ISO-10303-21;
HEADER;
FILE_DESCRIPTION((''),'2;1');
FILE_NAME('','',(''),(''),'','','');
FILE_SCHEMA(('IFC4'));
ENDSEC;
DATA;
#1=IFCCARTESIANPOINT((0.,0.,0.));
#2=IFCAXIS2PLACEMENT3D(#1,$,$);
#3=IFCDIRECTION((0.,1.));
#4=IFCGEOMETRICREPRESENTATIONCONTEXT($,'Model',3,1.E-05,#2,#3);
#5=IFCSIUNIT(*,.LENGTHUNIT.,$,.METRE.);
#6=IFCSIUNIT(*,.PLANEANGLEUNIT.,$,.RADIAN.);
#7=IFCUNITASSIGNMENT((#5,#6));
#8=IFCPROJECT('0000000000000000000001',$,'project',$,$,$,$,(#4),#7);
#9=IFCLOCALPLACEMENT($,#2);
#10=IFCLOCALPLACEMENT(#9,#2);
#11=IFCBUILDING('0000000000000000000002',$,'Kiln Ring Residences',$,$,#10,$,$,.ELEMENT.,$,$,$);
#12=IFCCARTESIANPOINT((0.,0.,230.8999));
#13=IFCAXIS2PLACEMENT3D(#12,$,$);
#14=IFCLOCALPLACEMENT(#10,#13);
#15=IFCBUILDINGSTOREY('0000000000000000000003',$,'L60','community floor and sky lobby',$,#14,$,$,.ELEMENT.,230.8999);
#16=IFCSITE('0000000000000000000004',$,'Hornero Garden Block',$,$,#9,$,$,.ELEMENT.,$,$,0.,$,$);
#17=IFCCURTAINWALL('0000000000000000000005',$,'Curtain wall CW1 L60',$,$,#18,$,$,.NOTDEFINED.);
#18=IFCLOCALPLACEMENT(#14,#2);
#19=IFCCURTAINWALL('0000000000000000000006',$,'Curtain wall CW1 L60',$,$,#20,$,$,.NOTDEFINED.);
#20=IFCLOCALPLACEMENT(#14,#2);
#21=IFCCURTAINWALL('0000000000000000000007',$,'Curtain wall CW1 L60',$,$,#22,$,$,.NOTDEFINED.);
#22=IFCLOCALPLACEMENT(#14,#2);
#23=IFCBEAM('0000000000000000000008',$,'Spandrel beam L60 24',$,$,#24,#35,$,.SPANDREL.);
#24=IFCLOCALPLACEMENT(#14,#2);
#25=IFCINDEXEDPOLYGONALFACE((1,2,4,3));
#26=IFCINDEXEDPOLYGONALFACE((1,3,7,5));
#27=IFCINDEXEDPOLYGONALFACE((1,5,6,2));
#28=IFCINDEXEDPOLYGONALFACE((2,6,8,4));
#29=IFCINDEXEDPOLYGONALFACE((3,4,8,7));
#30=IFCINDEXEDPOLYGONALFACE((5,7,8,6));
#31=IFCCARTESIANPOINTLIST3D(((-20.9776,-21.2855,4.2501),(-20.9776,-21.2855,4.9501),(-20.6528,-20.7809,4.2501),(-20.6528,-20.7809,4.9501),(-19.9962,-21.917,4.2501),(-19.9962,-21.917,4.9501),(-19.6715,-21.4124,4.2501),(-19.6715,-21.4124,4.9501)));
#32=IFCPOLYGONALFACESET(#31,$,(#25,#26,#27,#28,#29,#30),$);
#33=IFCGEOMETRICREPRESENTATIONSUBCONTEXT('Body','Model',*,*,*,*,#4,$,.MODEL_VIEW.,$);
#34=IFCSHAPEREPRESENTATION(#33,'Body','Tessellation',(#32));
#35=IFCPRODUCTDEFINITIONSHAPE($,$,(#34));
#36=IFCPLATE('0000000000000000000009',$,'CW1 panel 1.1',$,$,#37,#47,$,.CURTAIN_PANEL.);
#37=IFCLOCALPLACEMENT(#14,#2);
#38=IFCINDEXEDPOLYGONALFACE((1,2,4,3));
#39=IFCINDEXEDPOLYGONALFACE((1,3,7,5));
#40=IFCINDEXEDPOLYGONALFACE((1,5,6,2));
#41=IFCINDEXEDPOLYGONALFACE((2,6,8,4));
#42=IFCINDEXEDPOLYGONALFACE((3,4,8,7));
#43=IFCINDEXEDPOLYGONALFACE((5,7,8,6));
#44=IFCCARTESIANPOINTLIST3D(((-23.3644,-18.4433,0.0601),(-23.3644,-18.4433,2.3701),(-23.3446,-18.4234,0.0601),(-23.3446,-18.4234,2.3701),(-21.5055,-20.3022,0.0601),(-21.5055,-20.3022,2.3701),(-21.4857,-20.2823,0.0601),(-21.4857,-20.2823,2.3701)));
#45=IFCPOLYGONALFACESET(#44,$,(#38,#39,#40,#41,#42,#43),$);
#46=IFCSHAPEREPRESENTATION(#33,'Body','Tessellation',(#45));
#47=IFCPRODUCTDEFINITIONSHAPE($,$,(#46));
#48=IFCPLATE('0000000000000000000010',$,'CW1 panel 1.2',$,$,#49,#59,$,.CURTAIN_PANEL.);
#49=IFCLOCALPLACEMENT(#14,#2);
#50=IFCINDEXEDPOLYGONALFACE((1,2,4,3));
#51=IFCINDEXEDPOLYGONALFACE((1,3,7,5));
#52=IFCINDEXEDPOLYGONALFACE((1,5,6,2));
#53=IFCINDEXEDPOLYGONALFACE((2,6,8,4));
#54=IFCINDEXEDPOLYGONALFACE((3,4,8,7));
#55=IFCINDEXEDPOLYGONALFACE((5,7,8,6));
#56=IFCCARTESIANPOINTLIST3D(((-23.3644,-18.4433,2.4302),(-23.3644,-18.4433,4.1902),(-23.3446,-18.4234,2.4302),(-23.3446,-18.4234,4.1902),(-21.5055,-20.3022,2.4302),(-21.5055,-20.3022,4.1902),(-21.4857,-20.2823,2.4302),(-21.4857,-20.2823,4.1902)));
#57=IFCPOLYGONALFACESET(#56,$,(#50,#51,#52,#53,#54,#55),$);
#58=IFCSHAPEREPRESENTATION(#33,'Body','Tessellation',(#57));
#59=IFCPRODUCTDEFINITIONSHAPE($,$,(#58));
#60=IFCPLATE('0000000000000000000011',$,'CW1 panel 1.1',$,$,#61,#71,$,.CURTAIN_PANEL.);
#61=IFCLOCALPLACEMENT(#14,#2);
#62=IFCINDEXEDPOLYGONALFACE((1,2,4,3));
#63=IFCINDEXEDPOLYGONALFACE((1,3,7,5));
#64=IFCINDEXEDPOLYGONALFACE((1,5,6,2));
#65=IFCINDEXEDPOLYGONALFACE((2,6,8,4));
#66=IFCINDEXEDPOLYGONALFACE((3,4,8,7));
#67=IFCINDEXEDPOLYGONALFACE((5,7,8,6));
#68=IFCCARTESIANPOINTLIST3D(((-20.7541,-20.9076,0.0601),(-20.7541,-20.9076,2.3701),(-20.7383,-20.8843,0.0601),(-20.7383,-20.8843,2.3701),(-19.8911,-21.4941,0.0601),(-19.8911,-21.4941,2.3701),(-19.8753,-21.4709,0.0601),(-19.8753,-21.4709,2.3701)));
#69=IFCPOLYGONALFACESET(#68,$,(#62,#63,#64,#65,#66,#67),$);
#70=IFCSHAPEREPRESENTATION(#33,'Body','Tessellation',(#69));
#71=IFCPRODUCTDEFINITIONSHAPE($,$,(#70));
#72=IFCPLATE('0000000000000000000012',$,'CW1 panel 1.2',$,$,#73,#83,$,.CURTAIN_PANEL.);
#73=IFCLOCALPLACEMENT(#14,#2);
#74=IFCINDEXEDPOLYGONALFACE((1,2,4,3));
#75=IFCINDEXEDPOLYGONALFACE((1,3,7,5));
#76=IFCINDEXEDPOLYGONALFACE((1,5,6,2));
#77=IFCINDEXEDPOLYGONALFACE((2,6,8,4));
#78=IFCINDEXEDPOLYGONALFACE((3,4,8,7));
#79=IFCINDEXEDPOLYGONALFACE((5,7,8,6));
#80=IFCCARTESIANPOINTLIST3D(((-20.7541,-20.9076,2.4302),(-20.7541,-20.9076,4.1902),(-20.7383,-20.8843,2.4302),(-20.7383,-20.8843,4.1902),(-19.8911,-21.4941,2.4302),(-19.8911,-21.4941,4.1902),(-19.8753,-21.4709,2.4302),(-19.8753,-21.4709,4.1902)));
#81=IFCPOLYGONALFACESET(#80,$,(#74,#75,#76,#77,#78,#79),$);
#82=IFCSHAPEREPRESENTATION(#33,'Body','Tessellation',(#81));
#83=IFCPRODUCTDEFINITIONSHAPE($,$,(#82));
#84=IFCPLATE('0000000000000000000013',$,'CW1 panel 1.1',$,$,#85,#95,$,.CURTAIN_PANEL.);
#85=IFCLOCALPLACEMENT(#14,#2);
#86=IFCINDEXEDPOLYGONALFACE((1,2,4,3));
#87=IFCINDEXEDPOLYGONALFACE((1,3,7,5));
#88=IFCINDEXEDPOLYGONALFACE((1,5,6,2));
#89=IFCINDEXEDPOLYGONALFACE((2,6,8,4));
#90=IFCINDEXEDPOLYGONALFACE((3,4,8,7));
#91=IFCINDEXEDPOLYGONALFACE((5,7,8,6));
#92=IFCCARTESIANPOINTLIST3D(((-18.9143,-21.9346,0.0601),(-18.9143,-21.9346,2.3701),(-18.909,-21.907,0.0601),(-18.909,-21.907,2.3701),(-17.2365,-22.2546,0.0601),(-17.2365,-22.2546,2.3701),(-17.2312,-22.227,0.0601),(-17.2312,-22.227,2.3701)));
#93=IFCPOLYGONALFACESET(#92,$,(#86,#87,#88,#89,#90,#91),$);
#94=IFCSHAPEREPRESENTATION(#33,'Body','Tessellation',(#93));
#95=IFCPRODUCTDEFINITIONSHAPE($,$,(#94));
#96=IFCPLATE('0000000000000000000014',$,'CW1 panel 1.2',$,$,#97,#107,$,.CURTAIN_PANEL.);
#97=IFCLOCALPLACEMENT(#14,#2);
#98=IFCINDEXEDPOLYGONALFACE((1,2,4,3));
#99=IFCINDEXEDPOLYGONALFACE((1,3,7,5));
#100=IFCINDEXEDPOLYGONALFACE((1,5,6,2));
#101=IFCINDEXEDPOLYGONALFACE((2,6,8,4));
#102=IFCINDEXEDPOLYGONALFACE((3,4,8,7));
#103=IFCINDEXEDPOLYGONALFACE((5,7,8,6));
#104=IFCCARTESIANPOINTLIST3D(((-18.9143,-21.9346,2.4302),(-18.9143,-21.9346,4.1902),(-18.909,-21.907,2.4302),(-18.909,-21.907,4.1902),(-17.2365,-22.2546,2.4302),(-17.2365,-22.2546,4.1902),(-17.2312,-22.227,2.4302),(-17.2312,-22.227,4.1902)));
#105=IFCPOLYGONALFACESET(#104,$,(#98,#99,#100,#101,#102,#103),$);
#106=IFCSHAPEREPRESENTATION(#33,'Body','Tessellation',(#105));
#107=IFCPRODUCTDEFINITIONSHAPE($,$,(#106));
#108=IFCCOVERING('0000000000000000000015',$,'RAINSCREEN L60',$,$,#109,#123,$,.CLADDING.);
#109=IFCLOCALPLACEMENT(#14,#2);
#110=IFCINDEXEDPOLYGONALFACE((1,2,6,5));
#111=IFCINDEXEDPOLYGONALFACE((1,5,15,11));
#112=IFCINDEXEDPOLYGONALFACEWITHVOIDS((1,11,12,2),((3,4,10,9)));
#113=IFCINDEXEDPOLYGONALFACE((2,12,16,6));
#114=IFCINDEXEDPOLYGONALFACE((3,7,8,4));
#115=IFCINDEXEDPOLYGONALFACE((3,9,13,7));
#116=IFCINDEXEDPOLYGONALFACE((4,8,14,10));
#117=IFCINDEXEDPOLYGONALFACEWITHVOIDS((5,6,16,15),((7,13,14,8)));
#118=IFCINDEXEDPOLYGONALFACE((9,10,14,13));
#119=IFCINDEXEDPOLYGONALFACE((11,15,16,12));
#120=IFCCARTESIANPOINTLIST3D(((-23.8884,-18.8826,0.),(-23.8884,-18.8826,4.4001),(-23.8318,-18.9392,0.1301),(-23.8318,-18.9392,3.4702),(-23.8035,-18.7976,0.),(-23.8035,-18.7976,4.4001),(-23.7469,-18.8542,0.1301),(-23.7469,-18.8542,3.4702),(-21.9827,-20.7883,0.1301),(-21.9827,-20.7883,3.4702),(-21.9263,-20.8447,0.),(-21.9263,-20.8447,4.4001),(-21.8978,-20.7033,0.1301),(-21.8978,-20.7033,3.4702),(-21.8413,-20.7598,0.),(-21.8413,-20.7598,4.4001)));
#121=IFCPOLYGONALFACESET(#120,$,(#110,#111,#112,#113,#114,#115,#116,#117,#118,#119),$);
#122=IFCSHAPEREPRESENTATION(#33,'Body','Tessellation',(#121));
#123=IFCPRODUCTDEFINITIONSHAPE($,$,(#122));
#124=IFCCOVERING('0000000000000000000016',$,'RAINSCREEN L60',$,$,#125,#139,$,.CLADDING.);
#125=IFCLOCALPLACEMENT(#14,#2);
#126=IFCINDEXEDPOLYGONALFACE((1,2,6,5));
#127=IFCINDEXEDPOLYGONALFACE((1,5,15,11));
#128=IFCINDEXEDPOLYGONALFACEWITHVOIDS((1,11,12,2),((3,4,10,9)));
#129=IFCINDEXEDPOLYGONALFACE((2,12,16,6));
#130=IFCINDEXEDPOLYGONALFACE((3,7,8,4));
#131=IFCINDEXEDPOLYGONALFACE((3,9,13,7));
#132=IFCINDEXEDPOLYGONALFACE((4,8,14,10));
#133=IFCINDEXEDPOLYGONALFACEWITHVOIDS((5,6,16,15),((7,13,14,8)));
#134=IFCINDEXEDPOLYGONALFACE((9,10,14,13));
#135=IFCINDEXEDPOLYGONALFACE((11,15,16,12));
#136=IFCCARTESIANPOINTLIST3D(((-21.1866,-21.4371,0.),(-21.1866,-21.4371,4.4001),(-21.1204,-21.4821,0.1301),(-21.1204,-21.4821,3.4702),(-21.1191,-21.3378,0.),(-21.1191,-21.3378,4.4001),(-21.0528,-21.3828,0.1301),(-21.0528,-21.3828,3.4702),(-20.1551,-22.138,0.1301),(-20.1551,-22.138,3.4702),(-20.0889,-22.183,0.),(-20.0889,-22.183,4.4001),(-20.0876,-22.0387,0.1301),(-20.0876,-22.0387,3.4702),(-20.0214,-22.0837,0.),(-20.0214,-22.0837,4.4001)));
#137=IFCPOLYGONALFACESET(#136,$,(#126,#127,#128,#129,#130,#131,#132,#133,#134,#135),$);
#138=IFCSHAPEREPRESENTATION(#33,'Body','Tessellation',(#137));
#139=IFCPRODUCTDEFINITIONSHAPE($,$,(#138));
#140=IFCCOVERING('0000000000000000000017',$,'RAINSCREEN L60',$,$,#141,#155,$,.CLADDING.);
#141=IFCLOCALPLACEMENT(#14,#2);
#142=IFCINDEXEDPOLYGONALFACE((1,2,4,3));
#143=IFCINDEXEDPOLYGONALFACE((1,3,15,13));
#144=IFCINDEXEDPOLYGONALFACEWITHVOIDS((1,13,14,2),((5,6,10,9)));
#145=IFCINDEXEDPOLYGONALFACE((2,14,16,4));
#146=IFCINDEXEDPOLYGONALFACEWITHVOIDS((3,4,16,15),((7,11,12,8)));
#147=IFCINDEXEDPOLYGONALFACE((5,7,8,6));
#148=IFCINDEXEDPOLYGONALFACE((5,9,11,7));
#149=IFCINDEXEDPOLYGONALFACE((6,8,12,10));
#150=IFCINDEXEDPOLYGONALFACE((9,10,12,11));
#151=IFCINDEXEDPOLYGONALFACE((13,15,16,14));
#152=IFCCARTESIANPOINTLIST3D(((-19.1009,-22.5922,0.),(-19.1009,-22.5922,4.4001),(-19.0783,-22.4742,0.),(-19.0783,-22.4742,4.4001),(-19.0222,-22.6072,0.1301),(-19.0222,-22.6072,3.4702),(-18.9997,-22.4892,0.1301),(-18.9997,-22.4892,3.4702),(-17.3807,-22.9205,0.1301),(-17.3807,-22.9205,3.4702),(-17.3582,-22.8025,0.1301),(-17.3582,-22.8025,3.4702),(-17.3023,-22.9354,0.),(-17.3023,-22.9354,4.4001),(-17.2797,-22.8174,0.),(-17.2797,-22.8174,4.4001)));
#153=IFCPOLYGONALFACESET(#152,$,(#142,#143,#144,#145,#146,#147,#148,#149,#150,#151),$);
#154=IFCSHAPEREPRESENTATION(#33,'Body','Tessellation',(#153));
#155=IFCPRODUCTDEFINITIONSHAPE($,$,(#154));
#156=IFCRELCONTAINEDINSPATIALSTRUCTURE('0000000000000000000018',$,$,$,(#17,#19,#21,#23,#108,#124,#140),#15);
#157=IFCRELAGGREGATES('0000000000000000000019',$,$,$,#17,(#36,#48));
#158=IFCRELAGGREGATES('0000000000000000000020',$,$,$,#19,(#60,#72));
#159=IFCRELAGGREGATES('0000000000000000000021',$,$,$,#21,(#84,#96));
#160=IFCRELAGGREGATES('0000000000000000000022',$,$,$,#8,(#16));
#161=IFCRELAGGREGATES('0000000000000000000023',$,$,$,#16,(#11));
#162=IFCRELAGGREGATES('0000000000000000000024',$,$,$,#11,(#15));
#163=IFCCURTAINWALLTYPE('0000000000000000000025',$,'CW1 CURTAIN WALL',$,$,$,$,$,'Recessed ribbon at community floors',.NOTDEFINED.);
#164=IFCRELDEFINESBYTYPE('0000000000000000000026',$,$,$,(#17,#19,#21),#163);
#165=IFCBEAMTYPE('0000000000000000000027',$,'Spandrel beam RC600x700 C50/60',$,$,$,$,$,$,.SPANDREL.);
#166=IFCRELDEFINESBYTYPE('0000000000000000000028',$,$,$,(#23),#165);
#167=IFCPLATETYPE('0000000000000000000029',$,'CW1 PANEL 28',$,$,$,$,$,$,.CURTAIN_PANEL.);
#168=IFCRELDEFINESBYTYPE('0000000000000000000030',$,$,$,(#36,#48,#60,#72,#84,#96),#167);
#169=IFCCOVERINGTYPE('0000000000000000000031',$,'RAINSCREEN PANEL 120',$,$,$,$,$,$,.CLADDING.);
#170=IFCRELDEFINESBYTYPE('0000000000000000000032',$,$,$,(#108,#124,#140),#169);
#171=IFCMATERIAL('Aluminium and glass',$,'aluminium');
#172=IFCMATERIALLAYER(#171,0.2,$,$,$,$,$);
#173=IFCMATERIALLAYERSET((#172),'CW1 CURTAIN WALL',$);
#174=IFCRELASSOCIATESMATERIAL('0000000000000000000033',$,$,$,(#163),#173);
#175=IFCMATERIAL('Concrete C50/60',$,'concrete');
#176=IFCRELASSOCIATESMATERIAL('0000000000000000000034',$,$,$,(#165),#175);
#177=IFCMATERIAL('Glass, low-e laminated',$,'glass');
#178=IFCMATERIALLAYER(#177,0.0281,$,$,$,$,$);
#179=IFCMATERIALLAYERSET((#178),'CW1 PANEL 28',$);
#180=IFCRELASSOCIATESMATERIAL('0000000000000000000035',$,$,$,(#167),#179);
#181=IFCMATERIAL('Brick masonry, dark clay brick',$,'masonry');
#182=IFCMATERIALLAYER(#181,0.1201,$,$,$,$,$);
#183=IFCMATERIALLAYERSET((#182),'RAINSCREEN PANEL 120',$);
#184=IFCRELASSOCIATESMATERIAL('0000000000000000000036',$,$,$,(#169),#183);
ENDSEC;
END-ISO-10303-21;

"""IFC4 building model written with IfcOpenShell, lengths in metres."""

from ifc_helpers import new_model, si_unit, direction, frame, origin, origin_2d, place, context, subcontext, project, spatial, polyline, rectangle, outline, extrude, material, layer, layer_set, material_profile, profile_set, type_object, element, aggregate, save


model = new_model("IFC4")

# Units and contexts
model_context = context("Model", 3, precision=1e-05, world=origin(), true_north=direction((0.0, 1.0)))
body_context = subcontext(model_context, "Body", "Model", "MODEL_VIEW")
ifc_project = project(units=[si_unit("LENGTHUNIT", "METRE"), si_unit("PLANEANGLEUNIT", "RADIAN")], contexts=[model_context])

# Site, building, storey
site_placement = place(None, origin())
site = spatial("IfcSite", under=ifc_project, at=site_placement, Name="Hornero Garden Block", CompositionType="ELEMENT", RefElevation=0.0)
building_placement = place(site_placement, origin())
building = spatial("IfcBuilding", under=site, at=building_placement, Name="Kiln Ring Residences", CompositionType="ELEMENT")
storey_placement = place(building_placement, frame((0.0, 0.0, 230.8999)))
storey = spatial("IfcBuildingStorey", under=building, at=storey_placement, Name="L60", Description="community floor and sky lobby", CompositionType="ELEMENT", Elevation=230.8999)

# Curtain wall
ifc_material_1 = material(Name="Aluminium and glass", Category="aluminium")
ifc_layer_1 = layer(ifc_material_1, 0.2)
ifc_layer_set_1 = layer_set([ifc_layer_1], Name="CW1 CURTAIN WALL")
curtain_wall_type = type_object("IfcCurtainWallType", Name="CW1 CURTAIN WALL", ElementType="Recessed ribbon at community floors", PredefinedType="NOTDEFINED", material=ifc_layer_set_1)
placement = place(storey_placement, origin())
curtain_wall_1 = element("IfcCurtainWall", 1, at=placement, inside=storey, type_object=curtain_wall_type, Name="Curtain wall CW1 L60", PredefinedType="NOTDEFINED")

# Curtain wall
curtain_wall_2 = element("IfcCurtainWall", 2, at=placement, inside=storey, type_object=curtain_wall_type, Name="Curtain wall CW1 L60", PredefinedType="NOTDEFINED")

# Curtain wall
curtain_wall_3 = element("IfcCurtainWall", 3, at=placement, inside=storey, type_object=curtain_wall_type, Name="Curtain wall CW1 L60", PredefinedType="NOTDEFINED")

# Beam
ifc_material_2 = material(Name="Concrete C50/60", Category="concrete")
ifc_material_profile_1 = material_profile(ifc_material_2, rectangle(XDim=0.6001, YDim=0.7, at=origin_2d()), Name="RC600x700")
ifc_profile_set_1 = profile_set([ifc_material_profile_1], Name="Concrete C50/60")
beam_type = type_object("IfcBeamType", Name="Spandrel beam RC600x700 C50/60", PredefinedType="SPANDREL", material=ifc_profile_set_1)
beam_1_placement = place(storey_placement, frame((-20.8152, -21.0332, 4.6001), z_axis=(0.84092, -0.541159, 0.0), x_axis=(0.541159, 0.84092, 0.0)))
element("IfcBeam", 4, at=beam_1_placement, inside=storey, type_object=beam_type, Name="Spandrel beam L60 24", PredefinedType="SPANDREL", context=body_context, shape_type="SweptSolid", body=[
    extrude(rectangle(XDim=0.6001, YDim=0.7, at=origin_2d()), origin(), (0.0, 0.0, 1.0), 1.167),
])

# Plates
ifc_material_3 = material(Name="Glass, low-e laminated", Category="glass")
ifc_layer_2 = layer(ifc_material_3, 0.0281)
ifc_layer_set_2 = layer_set([ifc_layer_2], Name="CW1 PANEL 28")
plate_type = type_object("IfcPlateType", Name="CW1 PANEL 28", PredefinedType="CURTAIN_PANEL", material=ifc_layer_set_2)
plate_1_placement = place(storey_placement, frame((-22.425, -19.3628, 0.0601), z_axis=(0.0, 0.0, 1.0), x_axis=(0.707107, -0.707107, 0.0)))
plate_1 = element("IfcPlate", 5, at=plate_1_placement, type_object=plate_type, Name="CW1 panel 1.1", PredefinedType="CURTAIN_PANEL", context=body_context, shape_type="SweptSolid", body=[
    extrude(rectangle(XDim=2.6289, YDim=0.0281, at=origin_2d()), origin(), (0.0, 0.0, 1.0), 2.3101),
])
plate_2_placement = place(storey_placement, frame((-22.425, -19.3628, 2.4302), z_axis=(0.0, 0.0, 1.0), x_axis=(0.707107, -0.707107, 0.0)))
plate_2 = element("IfcPlate", 6, at=plate_2_placement, type_object=plate_type, Name="CW1 panel 1.2", PredefinedType="CURTAIN_PANEL", context=body_context, shape_type="SweptSolid", body=[
    extrude(rectangle(XDim=2.6289, YDim=0.0281, at=origin_2d()), origin(), (0.0, 0.0, 1.0), 1.76),
])
aggregate(curtain_wall_1, [plate_1, plate_2])
plate_3_placement = place(storey_placement, frame((-20.3147, -21.1892, 0.0601), z_axis=(0.0, 0.0, 1.0), x_axis=(0.827072, -0.562097, 0.0)))
plate_3 = element("IfcPlate", 7, at=plate_3_placement, type_object=plate_type, Name="CW1 panel 1.1", PredefinedType="CURTAIN_PANEL", context=body_context, shape_type="SweptSolid", body=[
    extrude(rectangle(XDim=1.0435, YDim=0.0281, at=origin_2d()), origin(), (0.0, 0.0, 1.0), 2.3101),
])
plate_4_placement = place(storey_placement, frame((-20.3147, -21.1892, 2.4302), z_axis=(0.0, 0.0, 1.0), x_axis=(0.827072, -0.562097, 0.0)))
plate_4 = element("IfcPlate", 8, at=plate_4_placement, type_object=plate_type, Name="CW1 panel 1.2", PredefinedType="CURTAIN_PANEL", context=body_context, shape_type="SweptSolid", body=[
    extrude(rectangle(XDim=1.0435, YDim=0.0281, at=origin_2d()), origin(), (0.0, 0.0, 1.0), 1.76),
])
aggregate(curtain_wall_2, [plate_3, plate_4])
plate_5_placement = place(storey_placement, frame((-18.0728, -22.0808, 0.0601), z_axis=(0.0, 0.0, 1.0), x_axis=(0.98229, -0.187366, 0.0)))
plate_5 = element("IfcPlate", 9, at=plate_5_placement, type_object=plate_type, Name="CW1 panel 1.1", PredefinedType="CURTAIN_PANEL", context=body_context, shape_type="SweptSolid", body=[
    extrude(rectangle(XDim=1.708, YDim=0.0281, at=origin_2d()), origin(), (0.0, 0.0, 1.0), 2.3101),
])
plate_6_placement = place(storey_placement, frame((-18.0728, -22.0808, 2.4302), z_axis=(0.0, 0.0, 1.0), x_axis=(0.98229, -0.187366, 0.0)))
plate_6 = element("IfcPlate", 10, at=plate_6_placement, type_object=plate_type, Name="CW1 panel 1.2", PredefinedType="CURTAIN_PANEL", context=body_context, shape_type="SweptSolid", body=[
    extrude(rectangle(XDim=1.708, YDim=0.0281, at=origin_2d()), origin(), (0.0, 0.0, 1.0), 1.76),
])
aggregate(curtain_wall_3, [plate_5, plate_6])

# Coverings
ifc_material_4 = material(Name="Brick masonry, dark clay brick", Category="masonry")
ifc_layer_3 = layer(ifc_material_4, 0.1201)
ifc_layer_set_3 = layer_set([ifc_layer_3], Name="RAINSCREEN PANEL 120")
covering_type = type_object("IfcCoveringType", Name="RAINSCREEN PANEL 120", PredefinedType="CLADDING", material=ifc_layer_set_3)
covering_1_placement = place(storey_placement, frame((-23.8459, -18.8401, 0.0), z_axis=(0.0, 0.0, 1.0), x_axis=(0.707107, -0.707107, 0.0)))
element("IfcCovering", 11, at=covering_1_placement, inside=storey, type_object=covering_type, Name="RAINSCREEN L60", PredefinedType="CLADDING", context=body_context, shape_type="SweptSolid", body=[
    extrude(outline(polyline([(0.0, 0.0), (2.7749, 0.0), (2.7749, 4.4001), (0.0, 4.4001), (0.0, 0.0)]), holes=[polyline([(0.0801, 3.4702), (0.0801, 0.1301), (2.6951, 0.1301), (2.6951, 3.4702), (0.0801, 3.4702)])]), frame((0.0, 0.0601, 0.0), z_axis=(0.0, -1.0, 0.0), x_axis=(1.0, 0.0, 0.0)), (0.0, 0.0, 1.0), 0.1201),
])
covering_2_placement = place(storey_placement, frame((-21.1528, -21.3875, 0.0), z_axis=(0.0, 0.0, 1.0), x_axis=(0.827121, -0.562023, 0.0)))
element("IfcCovering", 12, at=covering_2_placement, inside=storey, type_object=covering_type, Name="RAINSCREEN L60", PredefinedType="CLADDING", context=body_context, shape_type="SweptSolid", body=[
    extrude(outline(polyline([(0.0, 0.0), (1.3271, 0.0), (1.3271, 4.4001), (0.0, 4.4001), (0.0, 0.0)]), holes=[polyline([(0.0801, 3.4702), (0.0801, 0.1301), (1.2471, 0.1301), (1.2471, 3.4702), (0.0801, 3.4702)])]), frame((0.0, 0.0601, 0.0), z_axis=(0.0, -1.0, 0.0), x_axis=(1.0, 0.0, 0.0)), (0.0, 0.0, 1.0), 0.1201),
])
covering_3_placement = place(storey_placement, frame((-19.0896, -22.5332, 0.0), z_axis=(0.0, 0.0, 1.0), x_axis=(0.982275, -0.187443, 0.0)))
element("IfcCovering", 13, at=covering_3_placement, inside=storey, type_object=covering_type, Name="RAINSCREEN L60", PredefinedType="CLADDING", context=body_context, shape_type="SweptSolid", body=[
    extrude(outline(polyline([(0.0, 0.0), (1.8311, 0.0), (1.8311, 4.4001), (0.0, 4.4001), (0.0, 0.0)]), holes=[polyline([(0.0801, 3.4702), (0.0801, 0.1301), (1.7512, 0.1301), (1.7512, 3.4702), (0.0801, 3.4702)])]), frame((0.0, 0.0601, 0.0), z_axis=(0.0, -1.0, 0.0), x_axis=(1.0, 0.0, 0.0)), (0.0, 0.0, 1.0), 0.1201),
])

save(model, "model.ifc")
